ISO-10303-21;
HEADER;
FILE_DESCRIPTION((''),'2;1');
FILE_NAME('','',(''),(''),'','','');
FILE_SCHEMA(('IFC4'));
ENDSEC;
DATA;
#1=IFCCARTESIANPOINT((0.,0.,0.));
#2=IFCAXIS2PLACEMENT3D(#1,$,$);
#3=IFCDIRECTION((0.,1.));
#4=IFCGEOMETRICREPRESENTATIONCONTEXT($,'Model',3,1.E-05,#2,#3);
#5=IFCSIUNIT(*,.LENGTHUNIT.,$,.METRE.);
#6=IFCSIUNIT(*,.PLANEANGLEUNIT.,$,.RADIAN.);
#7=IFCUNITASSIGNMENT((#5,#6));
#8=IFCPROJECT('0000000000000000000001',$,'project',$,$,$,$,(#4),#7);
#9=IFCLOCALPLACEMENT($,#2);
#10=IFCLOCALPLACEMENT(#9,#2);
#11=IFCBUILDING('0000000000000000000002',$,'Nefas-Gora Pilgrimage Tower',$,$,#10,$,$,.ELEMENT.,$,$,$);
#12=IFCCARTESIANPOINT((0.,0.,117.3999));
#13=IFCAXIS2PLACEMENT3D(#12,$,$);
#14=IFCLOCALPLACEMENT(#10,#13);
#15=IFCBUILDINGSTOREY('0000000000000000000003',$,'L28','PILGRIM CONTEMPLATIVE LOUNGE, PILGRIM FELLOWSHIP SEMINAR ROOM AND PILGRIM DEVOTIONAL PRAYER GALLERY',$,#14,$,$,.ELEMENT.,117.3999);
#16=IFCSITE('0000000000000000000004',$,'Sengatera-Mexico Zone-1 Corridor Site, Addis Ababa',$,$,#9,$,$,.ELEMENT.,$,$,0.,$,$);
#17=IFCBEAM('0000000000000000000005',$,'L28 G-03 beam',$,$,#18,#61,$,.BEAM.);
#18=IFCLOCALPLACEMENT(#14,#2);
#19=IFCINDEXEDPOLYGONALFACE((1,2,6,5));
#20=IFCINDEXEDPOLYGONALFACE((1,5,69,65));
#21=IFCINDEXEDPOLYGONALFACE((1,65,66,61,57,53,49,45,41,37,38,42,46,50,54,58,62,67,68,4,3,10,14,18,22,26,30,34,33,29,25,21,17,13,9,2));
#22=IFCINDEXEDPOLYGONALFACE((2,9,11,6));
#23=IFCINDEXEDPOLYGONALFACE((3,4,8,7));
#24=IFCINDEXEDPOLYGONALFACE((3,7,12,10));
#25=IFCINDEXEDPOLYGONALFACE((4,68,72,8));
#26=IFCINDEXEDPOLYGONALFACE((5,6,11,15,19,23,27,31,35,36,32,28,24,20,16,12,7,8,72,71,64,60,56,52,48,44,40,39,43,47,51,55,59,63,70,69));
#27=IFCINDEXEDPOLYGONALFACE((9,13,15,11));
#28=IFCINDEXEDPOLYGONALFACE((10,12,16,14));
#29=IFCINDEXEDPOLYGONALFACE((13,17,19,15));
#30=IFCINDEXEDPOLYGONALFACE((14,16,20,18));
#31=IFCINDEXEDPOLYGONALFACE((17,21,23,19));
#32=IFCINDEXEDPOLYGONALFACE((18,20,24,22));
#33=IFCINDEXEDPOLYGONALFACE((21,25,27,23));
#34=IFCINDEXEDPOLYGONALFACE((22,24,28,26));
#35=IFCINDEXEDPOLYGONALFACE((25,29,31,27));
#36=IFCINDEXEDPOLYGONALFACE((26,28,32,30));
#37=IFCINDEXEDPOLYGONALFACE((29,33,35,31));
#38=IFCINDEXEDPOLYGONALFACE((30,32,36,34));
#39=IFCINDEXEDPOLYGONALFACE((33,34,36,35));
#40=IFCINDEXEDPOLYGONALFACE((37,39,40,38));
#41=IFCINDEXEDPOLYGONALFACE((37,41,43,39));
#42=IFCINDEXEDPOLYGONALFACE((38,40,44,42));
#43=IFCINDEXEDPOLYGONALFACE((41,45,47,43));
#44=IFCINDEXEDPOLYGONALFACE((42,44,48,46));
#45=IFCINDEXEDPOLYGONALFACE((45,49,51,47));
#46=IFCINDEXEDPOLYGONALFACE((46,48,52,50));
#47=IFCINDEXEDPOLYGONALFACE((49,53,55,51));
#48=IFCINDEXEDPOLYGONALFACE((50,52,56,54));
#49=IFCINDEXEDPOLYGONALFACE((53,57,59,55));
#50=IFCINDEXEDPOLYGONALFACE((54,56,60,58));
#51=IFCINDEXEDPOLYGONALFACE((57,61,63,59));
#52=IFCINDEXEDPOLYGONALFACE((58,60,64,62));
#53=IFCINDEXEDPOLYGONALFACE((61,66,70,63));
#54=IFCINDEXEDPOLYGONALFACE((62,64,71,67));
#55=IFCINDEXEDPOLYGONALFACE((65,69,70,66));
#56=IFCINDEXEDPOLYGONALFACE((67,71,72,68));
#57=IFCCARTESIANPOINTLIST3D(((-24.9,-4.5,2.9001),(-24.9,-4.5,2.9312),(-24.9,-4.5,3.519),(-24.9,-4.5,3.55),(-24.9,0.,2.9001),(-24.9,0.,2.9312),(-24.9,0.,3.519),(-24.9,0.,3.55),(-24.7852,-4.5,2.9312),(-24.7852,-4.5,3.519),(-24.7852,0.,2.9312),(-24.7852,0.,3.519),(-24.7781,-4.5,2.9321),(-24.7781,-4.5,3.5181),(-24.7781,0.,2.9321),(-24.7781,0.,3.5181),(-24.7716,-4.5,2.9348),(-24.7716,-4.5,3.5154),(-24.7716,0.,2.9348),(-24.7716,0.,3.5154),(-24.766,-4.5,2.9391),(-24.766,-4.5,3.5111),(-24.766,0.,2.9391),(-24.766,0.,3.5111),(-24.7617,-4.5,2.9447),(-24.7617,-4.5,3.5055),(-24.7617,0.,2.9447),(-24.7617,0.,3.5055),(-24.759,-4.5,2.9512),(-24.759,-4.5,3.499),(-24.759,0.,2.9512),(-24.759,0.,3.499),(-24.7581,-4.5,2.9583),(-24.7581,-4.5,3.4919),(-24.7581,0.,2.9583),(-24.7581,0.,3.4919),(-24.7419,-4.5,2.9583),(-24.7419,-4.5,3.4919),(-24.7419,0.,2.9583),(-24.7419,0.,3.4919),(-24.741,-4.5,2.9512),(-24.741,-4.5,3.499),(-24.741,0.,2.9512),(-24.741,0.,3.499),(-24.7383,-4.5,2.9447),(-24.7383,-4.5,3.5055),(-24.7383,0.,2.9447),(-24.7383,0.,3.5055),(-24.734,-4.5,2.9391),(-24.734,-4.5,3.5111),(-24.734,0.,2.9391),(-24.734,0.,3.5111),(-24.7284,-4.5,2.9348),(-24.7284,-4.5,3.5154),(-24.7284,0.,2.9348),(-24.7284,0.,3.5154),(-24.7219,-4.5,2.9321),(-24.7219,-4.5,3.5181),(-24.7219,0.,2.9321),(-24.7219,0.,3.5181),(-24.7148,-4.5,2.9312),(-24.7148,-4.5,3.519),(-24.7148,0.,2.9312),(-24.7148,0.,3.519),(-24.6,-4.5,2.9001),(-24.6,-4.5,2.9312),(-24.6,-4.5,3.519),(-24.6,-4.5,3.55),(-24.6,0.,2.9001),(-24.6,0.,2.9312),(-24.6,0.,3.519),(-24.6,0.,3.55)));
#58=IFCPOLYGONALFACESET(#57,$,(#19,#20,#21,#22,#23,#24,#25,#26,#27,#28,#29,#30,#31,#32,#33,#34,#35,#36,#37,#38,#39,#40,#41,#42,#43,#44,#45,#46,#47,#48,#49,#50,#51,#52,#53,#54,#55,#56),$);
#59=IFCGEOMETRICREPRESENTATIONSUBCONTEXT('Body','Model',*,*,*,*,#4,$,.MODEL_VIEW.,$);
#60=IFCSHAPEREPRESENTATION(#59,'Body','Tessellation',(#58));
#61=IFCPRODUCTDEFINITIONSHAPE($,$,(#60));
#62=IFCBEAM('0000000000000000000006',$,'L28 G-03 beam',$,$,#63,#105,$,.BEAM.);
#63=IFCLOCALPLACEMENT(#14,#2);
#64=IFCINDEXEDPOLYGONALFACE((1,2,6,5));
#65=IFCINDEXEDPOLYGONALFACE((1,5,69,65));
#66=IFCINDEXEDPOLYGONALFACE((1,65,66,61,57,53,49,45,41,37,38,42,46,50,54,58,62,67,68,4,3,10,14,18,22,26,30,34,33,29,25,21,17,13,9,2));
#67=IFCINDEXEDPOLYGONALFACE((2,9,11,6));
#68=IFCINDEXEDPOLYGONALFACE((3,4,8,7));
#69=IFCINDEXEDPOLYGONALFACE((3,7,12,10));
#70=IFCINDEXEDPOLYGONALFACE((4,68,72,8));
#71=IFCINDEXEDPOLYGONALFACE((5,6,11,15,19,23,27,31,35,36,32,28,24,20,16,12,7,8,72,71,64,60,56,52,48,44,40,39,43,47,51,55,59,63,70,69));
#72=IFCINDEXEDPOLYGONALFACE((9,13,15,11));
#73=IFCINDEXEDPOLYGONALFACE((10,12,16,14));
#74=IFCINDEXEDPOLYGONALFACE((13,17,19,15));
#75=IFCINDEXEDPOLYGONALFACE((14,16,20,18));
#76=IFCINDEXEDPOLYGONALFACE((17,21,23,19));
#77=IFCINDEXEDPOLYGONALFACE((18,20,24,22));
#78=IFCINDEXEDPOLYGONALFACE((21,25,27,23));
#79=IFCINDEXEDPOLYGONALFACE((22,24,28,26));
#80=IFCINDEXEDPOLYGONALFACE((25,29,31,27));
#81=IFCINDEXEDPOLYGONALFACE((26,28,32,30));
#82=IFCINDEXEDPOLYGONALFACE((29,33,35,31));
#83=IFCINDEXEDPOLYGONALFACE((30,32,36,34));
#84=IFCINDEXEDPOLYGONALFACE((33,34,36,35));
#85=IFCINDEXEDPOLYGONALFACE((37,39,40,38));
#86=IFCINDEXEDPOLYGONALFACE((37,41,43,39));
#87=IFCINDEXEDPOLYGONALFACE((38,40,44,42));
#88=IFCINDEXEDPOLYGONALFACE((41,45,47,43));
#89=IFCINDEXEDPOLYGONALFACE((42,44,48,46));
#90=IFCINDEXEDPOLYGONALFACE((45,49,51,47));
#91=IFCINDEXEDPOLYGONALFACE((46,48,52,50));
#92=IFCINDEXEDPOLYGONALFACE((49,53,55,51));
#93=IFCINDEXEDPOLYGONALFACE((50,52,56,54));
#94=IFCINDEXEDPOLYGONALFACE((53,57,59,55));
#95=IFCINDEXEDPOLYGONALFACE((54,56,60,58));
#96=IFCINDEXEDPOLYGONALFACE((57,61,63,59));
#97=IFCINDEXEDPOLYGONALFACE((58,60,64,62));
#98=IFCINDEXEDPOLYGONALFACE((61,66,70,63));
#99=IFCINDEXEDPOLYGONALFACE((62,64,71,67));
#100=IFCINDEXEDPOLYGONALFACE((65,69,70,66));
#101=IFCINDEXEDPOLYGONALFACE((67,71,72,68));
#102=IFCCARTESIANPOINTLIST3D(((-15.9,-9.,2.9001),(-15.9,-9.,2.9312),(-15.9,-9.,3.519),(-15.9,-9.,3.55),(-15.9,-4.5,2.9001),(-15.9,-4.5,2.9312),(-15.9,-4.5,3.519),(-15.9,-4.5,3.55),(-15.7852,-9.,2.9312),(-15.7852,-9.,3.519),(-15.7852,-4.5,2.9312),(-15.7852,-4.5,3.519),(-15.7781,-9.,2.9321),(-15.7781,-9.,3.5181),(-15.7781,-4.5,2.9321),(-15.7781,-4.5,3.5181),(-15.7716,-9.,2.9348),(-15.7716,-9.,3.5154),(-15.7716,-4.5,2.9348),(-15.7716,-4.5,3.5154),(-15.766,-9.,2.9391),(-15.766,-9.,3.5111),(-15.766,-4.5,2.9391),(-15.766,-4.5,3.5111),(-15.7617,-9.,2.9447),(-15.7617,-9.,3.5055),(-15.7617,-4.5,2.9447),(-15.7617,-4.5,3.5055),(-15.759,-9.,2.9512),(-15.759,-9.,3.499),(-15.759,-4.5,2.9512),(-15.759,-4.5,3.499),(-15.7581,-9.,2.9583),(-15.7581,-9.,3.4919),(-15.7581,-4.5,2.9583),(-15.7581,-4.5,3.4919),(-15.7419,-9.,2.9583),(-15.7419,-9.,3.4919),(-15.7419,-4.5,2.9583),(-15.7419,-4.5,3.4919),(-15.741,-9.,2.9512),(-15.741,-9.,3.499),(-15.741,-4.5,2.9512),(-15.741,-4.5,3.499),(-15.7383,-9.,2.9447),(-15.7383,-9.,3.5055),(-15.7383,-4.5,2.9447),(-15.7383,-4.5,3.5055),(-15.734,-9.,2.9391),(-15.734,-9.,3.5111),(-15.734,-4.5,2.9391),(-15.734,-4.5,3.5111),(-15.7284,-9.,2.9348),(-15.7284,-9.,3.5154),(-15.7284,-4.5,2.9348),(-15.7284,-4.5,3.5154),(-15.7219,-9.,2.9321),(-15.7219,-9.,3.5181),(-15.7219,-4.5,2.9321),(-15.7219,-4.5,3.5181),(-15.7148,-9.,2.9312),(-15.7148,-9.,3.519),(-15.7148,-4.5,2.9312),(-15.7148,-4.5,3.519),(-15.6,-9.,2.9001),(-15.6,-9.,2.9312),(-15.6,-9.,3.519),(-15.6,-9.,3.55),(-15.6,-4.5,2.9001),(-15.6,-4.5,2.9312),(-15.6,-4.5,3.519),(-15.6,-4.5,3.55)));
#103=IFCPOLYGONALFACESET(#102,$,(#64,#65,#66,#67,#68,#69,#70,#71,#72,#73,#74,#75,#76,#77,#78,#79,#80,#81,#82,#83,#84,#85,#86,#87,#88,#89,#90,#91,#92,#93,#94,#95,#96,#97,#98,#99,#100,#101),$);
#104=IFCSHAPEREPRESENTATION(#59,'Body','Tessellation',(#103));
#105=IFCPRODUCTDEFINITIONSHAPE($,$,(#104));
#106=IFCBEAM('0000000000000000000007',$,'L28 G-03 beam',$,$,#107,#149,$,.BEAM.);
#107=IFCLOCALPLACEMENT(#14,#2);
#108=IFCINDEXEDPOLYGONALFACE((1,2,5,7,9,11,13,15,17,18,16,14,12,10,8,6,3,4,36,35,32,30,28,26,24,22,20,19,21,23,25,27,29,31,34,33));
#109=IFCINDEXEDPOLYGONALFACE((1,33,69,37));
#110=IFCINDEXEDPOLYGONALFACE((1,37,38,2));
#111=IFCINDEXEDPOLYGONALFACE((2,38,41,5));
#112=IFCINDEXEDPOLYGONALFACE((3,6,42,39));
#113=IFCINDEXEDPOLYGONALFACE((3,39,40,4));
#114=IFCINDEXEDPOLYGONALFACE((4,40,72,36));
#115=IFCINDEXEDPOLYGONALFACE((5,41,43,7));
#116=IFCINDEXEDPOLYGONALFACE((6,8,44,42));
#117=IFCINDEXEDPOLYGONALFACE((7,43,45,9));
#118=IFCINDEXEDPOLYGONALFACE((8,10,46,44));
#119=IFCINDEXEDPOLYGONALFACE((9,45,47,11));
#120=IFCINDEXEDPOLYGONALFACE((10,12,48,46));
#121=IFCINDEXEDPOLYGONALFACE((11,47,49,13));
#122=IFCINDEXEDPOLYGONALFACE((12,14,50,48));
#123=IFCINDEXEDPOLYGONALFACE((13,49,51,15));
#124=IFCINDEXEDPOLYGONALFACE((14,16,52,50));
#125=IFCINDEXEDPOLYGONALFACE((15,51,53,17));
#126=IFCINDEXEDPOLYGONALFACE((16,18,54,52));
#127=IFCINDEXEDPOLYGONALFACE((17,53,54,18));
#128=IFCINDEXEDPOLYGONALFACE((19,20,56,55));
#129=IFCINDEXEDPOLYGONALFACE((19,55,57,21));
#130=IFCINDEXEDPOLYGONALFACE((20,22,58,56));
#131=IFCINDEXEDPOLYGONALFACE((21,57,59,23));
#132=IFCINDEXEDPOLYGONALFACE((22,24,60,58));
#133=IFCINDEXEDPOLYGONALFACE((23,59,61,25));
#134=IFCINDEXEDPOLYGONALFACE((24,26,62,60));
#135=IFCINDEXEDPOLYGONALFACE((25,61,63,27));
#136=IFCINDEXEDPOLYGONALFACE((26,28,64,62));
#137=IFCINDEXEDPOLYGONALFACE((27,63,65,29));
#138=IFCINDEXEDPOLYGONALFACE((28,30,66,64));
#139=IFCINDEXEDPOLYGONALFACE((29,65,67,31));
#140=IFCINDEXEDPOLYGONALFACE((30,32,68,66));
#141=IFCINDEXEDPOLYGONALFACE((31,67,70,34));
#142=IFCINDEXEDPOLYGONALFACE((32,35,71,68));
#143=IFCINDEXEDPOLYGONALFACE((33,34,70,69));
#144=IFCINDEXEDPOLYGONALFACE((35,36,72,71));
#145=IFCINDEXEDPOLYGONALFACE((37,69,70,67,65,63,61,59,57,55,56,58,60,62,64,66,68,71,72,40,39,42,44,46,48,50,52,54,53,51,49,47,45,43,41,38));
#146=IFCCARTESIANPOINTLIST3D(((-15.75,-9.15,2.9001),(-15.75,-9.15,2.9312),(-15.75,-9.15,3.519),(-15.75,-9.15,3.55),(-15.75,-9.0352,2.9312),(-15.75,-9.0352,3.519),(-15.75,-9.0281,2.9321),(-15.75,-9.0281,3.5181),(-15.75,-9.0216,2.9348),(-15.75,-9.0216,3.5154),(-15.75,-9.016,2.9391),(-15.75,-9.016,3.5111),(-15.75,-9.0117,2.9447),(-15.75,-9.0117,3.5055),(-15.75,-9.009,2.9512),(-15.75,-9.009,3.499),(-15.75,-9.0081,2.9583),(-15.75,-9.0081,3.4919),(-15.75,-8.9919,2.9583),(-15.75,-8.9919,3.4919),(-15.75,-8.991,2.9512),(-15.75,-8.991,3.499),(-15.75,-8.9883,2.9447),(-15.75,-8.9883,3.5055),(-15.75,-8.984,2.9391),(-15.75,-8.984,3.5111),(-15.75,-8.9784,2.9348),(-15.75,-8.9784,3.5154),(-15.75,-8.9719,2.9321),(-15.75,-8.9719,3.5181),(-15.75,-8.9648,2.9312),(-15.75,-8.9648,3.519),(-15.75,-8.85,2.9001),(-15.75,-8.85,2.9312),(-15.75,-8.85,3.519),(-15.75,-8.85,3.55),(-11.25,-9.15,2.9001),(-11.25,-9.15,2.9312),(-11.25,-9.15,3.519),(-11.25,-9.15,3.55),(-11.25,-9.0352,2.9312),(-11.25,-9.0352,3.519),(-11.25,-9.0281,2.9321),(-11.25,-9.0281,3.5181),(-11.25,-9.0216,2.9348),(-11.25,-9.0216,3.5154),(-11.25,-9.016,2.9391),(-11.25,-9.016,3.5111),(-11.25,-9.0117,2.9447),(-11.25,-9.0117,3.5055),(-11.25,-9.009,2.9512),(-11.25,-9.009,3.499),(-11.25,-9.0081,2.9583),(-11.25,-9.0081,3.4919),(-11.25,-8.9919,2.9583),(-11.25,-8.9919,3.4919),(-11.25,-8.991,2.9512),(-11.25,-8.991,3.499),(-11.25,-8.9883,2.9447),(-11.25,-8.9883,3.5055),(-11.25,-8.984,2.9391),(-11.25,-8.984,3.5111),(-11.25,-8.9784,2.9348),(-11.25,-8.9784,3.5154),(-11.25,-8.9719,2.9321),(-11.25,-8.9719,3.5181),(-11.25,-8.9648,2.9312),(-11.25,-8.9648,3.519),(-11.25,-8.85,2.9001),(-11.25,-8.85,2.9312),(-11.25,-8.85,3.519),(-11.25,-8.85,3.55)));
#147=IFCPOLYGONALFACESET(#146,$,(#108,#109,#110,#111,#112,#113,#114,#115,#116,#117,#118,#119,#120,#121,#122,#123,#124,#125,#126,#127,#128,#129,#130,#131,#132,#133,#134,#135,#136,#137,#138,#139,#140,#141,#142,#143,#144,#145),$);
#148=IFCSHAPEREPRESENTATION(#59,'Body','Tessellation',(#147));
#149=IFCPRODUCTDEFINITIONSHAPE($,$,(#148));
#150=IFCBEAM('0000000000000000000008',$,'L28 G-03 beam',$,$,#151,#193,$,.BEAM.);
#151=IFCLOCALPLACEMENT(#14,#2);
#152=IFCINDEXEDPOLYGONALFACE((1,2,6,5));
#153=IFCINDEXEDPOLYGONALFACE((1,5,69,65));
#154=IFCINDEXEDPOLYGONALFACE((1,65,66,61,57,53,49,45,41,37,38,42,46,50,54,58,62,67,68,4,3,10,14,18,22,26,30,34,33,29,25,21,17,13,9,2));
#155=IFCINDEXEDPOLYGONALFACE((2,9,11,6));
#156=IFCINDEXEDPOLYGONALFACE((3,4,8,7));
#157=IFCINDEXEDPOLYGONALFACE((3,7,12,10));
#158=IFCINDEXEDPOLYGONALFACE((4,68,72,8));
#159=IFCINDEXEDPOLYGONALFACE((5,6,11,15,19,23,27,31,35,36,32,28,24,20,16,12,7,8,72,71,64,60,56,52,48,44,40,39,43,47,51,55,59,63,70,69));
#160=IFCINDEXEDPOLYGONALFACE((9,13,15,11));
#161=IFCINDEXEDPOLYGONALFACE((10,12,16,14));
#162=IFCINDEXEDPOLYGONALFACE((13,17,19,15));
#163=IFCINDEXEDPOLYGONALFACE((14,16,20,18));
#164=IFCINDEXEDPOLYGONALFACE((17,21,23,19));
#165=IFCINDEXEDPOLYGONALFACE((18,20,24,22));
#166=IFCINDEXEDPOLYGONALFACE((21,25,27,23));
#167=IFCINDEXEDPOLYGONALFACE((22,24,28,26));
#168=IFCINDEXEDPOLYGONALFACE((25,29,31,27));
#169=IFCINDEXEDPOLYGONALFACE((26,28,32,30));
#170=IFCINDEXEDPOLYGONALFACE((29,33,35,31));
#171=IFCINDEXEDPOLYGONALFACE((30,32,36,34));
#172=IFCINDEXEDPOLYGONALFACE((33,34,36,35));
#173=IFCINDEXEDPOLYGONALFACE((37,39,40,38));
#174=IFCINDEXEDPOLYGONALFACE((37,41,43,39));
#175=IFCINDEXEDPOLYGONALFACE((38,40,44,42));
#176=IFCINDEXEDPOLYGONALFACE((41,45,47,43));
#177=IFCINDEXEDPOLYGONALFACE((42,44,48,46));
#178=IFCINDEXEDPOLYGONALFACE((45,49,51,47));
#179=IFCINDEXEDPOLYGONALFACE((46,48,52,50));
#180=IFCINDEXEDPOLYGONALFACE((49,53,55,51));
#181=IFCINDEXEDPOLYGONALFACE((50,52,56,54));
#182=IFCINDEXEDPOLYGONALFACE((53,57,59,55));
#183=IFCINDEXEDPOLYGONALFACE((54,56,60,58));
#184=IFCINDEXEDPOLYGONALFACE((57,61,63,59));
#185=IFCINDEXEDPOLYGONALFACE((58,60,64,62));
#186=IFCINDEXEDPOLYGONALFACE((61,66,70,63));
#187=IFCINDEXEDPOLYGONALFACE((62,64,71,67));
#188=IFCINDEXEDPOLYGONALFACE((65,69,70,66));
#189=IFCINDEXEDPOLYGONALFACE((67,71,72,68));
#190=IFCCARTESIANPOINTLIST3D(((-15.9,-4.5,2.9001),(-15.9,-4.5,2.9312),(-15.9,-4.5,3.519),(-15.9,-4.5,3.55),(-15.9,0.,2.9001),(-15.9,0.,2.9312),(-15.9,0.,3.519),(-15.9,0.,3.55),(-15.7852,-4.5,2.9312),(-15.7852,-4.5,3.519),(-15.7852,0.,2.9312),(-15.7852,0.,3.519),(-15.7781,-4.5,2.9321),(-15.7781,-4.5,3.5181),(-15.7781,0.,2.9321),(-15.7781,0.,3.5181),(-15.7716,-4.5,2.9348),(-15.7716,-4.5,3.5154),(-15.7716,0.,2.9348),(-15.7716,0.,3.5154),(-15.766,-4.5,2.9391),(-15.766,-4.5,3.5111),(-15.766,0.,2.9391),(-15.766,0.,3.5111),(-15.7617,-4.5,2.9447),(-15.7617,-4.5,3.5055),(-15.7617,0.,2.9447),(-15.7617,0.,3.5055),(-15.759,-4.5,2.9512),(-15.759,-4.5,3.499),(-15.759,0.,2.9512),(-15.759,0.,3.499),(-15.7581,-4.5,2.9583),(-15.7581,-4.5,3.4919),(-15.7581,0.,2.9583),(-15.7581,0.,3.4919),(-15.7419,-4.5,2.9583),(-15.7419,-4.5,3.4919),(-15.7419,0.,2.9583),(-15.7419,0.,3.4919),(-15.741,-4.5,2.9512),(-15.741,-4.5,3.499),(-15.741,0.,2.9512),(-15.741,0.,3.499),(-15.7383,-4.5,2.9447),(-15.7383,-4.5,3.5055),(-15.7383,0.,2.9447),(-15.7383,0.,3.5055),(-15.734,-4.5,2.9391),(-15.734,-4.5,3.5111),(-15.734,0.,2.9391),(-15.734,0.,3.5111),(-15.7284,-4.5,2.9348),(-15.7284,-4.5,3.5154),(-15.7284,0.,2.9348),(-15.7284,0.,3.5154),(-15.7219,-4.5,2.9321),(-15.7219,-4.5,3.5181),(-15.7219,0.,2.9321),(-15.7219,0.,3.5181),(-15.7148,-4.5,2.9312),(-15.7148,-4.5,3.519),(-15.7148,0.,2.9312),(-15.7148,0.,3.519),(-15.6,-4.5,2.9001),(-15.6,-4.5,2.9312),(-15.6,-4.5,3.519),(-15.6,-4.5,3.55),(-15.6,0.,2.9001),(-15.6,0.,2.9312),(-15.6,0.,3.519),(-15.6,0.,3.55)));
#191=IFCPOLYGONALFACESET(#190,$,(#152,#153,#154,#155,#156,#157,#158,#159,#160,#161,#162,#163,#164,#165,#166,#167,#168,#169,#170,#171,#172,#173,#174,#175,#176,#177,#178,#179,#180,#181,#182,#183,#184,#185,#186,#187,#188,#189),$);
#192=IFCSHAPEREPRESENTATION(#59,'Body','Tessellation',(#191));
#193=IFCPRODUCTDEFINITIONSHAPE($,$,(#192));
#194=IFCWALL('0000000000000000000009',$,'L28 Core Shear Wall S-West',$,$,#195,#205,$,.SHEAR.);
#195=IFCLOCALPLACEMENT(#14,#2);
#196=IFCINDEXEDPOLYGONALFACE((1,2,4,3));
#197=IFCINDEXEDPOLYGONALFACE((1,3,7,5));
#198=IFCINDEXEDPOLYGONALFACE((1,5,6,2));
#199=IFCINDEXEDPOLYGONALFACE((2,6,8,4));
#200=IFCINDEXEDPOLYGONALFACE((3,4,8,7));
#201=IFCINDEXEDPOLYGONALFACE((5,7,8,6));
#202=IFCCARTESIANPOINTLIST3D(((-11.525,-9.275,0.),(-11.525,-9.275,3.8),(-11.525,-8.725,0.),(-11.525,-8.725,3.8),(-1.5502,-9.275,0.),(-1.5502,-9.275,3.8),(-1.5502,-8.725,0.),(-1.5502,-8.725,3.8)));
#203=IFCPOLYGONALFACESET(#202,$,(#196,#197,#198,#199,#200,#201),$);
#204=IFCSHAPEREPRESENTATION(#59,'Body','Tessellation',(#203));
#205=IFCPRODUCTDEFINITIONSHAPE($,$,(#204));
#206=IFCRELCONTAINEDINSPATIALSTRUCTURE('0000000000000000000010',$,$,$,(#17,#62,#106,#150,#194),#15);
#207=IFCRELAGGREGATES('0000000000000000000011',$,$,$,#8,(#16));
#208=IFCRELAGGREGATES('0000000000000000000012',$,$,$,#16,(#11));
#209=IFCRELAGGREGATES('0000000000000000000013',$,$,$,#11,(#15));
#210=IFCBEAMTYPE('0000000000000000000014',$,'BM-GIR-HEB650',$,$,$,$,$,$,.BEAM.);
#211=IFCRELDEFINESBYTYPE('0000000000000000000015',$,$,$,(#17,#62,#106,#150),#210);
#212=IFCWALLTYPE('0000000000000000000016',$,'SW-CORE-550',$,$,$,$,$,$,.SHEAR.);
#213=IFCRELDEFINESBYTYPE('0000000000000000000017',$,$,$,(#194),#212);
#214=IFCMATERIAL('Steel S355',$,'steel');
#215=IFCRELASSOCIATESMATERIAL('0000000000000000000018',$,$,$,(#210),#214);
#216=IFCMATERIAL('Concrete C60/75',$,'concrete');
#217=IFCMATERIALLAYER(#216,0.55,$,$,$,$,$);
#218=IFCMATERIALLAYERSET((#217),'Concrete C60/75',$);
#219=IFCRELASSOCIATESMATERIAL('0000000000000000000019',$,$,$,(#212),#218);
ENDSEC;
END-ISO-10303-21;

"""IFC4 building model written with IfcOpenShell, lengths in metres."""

from ifc_helpers import new_model, si_unit, direction, frame, frame_2d, origin, origin_2d, place, context, subcontext, project, spatial, rectangle, i_section, extrude, source, transform, mapped, material, layer, layer_set, material_profile, profile_set, type_object, element, save


model = new_model("IFC4")

# Units and contexts
model_context = context("Model", 3, precision=1e-05, world=origin(), true_north=direction((0.0, 1.0)))
body_context = subcontext(model_context, "Body", "Model", "MODEL_VIEW")
ifc_project = project(units=[si_unit("LENGTHUNIT", "METRE"), si_unit("PLANEANGLEUNIT", "RADIAN")], contexts=[model_context])

# Site, building, storey
site_placement = place(None, origin())
site = spatial("IfcSite", under=ifc_project, at=site_placement, Name="Sengatera-Mexico Zone-1 Corridor Site, Addis Ababa", CompositionType="ELEMENT", RefElevation=0.0)
building_placement = place(site_placement, origin())
building = spatial("IfcBuilding", under=site, at=building_placement, Name="Nefas-Gora Pilgrimage Tower", CompositionType="ELEMENT")
storey_placement = place(building_placement, frame((0.0, 0.0, 117.3999)))
storey = spatial("IfcBuildingStorey", under=building, at=storey_placement, Name="L28", Description="PILGRIM CONTEMPLATIVE LOUNGE, PILGRIM FELLOWSHIP SEMINAR ROOM AND PILGRIM DEVOTIONAL PRAYER GALLERY", CompositionType="ELEMENT", Elevation=117.3999)

# Beams
ifc_material_1 = material(Name="Steel S355", Category="steel")
ifc_material_profile_1 = material_profile(ifc_material_1, i_section(OverallWidth=0.3, OverallDepth=0.6499, WebThickness=0.0161, FlangeThickness=0.031, FilletRadius=0.0271, at=origin_2d()), Name="HEB 650")
ifc_profile_set_1 = profile_set([ifc_material_profile_1], Name="Steel S355")
beam_type = type_object("IfcBeamType", Name="BM-GIR-HEB650", PredefinedType="BEAM", material=ifc_profile_set_1)
shared_shape_1 = source(origin(), body_context, "Body", "SweptSolid", [
    extrude(i_section(OverallWidth=0.3, OverallDepth=0.6499, WebThickness=0.0161, FlangeThickness=0.031, FilletRadius=0.0271, at=origin_2d()), origin(), (0.0, 0.0, 1.0), 4.5),
])
for number, where, z_axis, x_axis, name in (
    (1, (-24.75, -4.5, 3.2251), (0.0, 1.0, 0.0), (-1.0, 0.0, 0.0), "L28 G-03 beam"),
    (2, (-15.75, -9.0, 3.2251), (0.0, 1.0, 0.0), (-1.0, 0.0, 0.0), "L28 G-03 beam"),
    (3, (-15.75, -9.0, 3.2251), (1.0, 0.0, 0.0), (0.0, 1.0, 0.0), "L28 G-03 beam"),
    (4, (-15.75, -4.5, 3.2251), (0.0, 1.0, 0.0), (-1.0, 0.0, 0.0), "L28 G-03 beam"),
):
    element("IfcBeam", number, at=place(storey_placement, frame(where, z_axis=z_axis, x_axis=x_axis)), inside=storey, type_object=beam_type, Name=name, PredefinedType="BEAM", context=body_context, shape_type="MappedRepresentation", body=[
        mapped(shared_shape_1, transform((0.0, 0.0, 0.0), x_axis=(1.0, 0.0, 0.0), y_axis=(0.0, 1.0, 0.0), z_axis=(0.0, 0.0, 1.0), scale=1.0)),
    ])

# Wall
ifc_material_2 = material(Name="Concrete C60/75", Category="concrete")
ifc_layer_1 = layer(ifc_material_2, 0.55)
ifc_layer_set_1 = layer_set([ifc_layer_1], Name="Concrete C60/75")
wall_type_1 = type_object("IfcWallType", Name="SW-CORE-550", PredefinedType="SHEAR", material=ifc_layer_set_1)
shared_shape_2 = source(origin(), body_context, "Body", "SweptSolid", [
    extrude(rectangle(XDim=9.9749, YDim=0.55, at=frame_2d((4.9873, 0.0))), origin(), (0.0, 0.0, 1.0), 3.8),
])
wall_1_placement = place(storey_placement, frame((-11.5249, -9.0, 0.0), z_axis=(0.0, 0.0, 1.0), x_axis=(1.0, 0.0, 0.0)))
element("IfcWall", 5, at=wall_1_placement, inside=storey, type_object=wall_type_1, Name="L28 Core Shear Wall S-West", PredefinedType="SHEAR", context=body_context, shape_type="MappedRepresentation", body=[
    mapped(shared_shape_2, transform((0.0, 0.0, 0.0), x_axis=(1.0, 0.0, 0.0), y_axis=(0.0, 1.0, 0.0), z_axis=(0.0, 0.0, 1.0), scale=1.0)),
])

save(model, "model.ifc")
